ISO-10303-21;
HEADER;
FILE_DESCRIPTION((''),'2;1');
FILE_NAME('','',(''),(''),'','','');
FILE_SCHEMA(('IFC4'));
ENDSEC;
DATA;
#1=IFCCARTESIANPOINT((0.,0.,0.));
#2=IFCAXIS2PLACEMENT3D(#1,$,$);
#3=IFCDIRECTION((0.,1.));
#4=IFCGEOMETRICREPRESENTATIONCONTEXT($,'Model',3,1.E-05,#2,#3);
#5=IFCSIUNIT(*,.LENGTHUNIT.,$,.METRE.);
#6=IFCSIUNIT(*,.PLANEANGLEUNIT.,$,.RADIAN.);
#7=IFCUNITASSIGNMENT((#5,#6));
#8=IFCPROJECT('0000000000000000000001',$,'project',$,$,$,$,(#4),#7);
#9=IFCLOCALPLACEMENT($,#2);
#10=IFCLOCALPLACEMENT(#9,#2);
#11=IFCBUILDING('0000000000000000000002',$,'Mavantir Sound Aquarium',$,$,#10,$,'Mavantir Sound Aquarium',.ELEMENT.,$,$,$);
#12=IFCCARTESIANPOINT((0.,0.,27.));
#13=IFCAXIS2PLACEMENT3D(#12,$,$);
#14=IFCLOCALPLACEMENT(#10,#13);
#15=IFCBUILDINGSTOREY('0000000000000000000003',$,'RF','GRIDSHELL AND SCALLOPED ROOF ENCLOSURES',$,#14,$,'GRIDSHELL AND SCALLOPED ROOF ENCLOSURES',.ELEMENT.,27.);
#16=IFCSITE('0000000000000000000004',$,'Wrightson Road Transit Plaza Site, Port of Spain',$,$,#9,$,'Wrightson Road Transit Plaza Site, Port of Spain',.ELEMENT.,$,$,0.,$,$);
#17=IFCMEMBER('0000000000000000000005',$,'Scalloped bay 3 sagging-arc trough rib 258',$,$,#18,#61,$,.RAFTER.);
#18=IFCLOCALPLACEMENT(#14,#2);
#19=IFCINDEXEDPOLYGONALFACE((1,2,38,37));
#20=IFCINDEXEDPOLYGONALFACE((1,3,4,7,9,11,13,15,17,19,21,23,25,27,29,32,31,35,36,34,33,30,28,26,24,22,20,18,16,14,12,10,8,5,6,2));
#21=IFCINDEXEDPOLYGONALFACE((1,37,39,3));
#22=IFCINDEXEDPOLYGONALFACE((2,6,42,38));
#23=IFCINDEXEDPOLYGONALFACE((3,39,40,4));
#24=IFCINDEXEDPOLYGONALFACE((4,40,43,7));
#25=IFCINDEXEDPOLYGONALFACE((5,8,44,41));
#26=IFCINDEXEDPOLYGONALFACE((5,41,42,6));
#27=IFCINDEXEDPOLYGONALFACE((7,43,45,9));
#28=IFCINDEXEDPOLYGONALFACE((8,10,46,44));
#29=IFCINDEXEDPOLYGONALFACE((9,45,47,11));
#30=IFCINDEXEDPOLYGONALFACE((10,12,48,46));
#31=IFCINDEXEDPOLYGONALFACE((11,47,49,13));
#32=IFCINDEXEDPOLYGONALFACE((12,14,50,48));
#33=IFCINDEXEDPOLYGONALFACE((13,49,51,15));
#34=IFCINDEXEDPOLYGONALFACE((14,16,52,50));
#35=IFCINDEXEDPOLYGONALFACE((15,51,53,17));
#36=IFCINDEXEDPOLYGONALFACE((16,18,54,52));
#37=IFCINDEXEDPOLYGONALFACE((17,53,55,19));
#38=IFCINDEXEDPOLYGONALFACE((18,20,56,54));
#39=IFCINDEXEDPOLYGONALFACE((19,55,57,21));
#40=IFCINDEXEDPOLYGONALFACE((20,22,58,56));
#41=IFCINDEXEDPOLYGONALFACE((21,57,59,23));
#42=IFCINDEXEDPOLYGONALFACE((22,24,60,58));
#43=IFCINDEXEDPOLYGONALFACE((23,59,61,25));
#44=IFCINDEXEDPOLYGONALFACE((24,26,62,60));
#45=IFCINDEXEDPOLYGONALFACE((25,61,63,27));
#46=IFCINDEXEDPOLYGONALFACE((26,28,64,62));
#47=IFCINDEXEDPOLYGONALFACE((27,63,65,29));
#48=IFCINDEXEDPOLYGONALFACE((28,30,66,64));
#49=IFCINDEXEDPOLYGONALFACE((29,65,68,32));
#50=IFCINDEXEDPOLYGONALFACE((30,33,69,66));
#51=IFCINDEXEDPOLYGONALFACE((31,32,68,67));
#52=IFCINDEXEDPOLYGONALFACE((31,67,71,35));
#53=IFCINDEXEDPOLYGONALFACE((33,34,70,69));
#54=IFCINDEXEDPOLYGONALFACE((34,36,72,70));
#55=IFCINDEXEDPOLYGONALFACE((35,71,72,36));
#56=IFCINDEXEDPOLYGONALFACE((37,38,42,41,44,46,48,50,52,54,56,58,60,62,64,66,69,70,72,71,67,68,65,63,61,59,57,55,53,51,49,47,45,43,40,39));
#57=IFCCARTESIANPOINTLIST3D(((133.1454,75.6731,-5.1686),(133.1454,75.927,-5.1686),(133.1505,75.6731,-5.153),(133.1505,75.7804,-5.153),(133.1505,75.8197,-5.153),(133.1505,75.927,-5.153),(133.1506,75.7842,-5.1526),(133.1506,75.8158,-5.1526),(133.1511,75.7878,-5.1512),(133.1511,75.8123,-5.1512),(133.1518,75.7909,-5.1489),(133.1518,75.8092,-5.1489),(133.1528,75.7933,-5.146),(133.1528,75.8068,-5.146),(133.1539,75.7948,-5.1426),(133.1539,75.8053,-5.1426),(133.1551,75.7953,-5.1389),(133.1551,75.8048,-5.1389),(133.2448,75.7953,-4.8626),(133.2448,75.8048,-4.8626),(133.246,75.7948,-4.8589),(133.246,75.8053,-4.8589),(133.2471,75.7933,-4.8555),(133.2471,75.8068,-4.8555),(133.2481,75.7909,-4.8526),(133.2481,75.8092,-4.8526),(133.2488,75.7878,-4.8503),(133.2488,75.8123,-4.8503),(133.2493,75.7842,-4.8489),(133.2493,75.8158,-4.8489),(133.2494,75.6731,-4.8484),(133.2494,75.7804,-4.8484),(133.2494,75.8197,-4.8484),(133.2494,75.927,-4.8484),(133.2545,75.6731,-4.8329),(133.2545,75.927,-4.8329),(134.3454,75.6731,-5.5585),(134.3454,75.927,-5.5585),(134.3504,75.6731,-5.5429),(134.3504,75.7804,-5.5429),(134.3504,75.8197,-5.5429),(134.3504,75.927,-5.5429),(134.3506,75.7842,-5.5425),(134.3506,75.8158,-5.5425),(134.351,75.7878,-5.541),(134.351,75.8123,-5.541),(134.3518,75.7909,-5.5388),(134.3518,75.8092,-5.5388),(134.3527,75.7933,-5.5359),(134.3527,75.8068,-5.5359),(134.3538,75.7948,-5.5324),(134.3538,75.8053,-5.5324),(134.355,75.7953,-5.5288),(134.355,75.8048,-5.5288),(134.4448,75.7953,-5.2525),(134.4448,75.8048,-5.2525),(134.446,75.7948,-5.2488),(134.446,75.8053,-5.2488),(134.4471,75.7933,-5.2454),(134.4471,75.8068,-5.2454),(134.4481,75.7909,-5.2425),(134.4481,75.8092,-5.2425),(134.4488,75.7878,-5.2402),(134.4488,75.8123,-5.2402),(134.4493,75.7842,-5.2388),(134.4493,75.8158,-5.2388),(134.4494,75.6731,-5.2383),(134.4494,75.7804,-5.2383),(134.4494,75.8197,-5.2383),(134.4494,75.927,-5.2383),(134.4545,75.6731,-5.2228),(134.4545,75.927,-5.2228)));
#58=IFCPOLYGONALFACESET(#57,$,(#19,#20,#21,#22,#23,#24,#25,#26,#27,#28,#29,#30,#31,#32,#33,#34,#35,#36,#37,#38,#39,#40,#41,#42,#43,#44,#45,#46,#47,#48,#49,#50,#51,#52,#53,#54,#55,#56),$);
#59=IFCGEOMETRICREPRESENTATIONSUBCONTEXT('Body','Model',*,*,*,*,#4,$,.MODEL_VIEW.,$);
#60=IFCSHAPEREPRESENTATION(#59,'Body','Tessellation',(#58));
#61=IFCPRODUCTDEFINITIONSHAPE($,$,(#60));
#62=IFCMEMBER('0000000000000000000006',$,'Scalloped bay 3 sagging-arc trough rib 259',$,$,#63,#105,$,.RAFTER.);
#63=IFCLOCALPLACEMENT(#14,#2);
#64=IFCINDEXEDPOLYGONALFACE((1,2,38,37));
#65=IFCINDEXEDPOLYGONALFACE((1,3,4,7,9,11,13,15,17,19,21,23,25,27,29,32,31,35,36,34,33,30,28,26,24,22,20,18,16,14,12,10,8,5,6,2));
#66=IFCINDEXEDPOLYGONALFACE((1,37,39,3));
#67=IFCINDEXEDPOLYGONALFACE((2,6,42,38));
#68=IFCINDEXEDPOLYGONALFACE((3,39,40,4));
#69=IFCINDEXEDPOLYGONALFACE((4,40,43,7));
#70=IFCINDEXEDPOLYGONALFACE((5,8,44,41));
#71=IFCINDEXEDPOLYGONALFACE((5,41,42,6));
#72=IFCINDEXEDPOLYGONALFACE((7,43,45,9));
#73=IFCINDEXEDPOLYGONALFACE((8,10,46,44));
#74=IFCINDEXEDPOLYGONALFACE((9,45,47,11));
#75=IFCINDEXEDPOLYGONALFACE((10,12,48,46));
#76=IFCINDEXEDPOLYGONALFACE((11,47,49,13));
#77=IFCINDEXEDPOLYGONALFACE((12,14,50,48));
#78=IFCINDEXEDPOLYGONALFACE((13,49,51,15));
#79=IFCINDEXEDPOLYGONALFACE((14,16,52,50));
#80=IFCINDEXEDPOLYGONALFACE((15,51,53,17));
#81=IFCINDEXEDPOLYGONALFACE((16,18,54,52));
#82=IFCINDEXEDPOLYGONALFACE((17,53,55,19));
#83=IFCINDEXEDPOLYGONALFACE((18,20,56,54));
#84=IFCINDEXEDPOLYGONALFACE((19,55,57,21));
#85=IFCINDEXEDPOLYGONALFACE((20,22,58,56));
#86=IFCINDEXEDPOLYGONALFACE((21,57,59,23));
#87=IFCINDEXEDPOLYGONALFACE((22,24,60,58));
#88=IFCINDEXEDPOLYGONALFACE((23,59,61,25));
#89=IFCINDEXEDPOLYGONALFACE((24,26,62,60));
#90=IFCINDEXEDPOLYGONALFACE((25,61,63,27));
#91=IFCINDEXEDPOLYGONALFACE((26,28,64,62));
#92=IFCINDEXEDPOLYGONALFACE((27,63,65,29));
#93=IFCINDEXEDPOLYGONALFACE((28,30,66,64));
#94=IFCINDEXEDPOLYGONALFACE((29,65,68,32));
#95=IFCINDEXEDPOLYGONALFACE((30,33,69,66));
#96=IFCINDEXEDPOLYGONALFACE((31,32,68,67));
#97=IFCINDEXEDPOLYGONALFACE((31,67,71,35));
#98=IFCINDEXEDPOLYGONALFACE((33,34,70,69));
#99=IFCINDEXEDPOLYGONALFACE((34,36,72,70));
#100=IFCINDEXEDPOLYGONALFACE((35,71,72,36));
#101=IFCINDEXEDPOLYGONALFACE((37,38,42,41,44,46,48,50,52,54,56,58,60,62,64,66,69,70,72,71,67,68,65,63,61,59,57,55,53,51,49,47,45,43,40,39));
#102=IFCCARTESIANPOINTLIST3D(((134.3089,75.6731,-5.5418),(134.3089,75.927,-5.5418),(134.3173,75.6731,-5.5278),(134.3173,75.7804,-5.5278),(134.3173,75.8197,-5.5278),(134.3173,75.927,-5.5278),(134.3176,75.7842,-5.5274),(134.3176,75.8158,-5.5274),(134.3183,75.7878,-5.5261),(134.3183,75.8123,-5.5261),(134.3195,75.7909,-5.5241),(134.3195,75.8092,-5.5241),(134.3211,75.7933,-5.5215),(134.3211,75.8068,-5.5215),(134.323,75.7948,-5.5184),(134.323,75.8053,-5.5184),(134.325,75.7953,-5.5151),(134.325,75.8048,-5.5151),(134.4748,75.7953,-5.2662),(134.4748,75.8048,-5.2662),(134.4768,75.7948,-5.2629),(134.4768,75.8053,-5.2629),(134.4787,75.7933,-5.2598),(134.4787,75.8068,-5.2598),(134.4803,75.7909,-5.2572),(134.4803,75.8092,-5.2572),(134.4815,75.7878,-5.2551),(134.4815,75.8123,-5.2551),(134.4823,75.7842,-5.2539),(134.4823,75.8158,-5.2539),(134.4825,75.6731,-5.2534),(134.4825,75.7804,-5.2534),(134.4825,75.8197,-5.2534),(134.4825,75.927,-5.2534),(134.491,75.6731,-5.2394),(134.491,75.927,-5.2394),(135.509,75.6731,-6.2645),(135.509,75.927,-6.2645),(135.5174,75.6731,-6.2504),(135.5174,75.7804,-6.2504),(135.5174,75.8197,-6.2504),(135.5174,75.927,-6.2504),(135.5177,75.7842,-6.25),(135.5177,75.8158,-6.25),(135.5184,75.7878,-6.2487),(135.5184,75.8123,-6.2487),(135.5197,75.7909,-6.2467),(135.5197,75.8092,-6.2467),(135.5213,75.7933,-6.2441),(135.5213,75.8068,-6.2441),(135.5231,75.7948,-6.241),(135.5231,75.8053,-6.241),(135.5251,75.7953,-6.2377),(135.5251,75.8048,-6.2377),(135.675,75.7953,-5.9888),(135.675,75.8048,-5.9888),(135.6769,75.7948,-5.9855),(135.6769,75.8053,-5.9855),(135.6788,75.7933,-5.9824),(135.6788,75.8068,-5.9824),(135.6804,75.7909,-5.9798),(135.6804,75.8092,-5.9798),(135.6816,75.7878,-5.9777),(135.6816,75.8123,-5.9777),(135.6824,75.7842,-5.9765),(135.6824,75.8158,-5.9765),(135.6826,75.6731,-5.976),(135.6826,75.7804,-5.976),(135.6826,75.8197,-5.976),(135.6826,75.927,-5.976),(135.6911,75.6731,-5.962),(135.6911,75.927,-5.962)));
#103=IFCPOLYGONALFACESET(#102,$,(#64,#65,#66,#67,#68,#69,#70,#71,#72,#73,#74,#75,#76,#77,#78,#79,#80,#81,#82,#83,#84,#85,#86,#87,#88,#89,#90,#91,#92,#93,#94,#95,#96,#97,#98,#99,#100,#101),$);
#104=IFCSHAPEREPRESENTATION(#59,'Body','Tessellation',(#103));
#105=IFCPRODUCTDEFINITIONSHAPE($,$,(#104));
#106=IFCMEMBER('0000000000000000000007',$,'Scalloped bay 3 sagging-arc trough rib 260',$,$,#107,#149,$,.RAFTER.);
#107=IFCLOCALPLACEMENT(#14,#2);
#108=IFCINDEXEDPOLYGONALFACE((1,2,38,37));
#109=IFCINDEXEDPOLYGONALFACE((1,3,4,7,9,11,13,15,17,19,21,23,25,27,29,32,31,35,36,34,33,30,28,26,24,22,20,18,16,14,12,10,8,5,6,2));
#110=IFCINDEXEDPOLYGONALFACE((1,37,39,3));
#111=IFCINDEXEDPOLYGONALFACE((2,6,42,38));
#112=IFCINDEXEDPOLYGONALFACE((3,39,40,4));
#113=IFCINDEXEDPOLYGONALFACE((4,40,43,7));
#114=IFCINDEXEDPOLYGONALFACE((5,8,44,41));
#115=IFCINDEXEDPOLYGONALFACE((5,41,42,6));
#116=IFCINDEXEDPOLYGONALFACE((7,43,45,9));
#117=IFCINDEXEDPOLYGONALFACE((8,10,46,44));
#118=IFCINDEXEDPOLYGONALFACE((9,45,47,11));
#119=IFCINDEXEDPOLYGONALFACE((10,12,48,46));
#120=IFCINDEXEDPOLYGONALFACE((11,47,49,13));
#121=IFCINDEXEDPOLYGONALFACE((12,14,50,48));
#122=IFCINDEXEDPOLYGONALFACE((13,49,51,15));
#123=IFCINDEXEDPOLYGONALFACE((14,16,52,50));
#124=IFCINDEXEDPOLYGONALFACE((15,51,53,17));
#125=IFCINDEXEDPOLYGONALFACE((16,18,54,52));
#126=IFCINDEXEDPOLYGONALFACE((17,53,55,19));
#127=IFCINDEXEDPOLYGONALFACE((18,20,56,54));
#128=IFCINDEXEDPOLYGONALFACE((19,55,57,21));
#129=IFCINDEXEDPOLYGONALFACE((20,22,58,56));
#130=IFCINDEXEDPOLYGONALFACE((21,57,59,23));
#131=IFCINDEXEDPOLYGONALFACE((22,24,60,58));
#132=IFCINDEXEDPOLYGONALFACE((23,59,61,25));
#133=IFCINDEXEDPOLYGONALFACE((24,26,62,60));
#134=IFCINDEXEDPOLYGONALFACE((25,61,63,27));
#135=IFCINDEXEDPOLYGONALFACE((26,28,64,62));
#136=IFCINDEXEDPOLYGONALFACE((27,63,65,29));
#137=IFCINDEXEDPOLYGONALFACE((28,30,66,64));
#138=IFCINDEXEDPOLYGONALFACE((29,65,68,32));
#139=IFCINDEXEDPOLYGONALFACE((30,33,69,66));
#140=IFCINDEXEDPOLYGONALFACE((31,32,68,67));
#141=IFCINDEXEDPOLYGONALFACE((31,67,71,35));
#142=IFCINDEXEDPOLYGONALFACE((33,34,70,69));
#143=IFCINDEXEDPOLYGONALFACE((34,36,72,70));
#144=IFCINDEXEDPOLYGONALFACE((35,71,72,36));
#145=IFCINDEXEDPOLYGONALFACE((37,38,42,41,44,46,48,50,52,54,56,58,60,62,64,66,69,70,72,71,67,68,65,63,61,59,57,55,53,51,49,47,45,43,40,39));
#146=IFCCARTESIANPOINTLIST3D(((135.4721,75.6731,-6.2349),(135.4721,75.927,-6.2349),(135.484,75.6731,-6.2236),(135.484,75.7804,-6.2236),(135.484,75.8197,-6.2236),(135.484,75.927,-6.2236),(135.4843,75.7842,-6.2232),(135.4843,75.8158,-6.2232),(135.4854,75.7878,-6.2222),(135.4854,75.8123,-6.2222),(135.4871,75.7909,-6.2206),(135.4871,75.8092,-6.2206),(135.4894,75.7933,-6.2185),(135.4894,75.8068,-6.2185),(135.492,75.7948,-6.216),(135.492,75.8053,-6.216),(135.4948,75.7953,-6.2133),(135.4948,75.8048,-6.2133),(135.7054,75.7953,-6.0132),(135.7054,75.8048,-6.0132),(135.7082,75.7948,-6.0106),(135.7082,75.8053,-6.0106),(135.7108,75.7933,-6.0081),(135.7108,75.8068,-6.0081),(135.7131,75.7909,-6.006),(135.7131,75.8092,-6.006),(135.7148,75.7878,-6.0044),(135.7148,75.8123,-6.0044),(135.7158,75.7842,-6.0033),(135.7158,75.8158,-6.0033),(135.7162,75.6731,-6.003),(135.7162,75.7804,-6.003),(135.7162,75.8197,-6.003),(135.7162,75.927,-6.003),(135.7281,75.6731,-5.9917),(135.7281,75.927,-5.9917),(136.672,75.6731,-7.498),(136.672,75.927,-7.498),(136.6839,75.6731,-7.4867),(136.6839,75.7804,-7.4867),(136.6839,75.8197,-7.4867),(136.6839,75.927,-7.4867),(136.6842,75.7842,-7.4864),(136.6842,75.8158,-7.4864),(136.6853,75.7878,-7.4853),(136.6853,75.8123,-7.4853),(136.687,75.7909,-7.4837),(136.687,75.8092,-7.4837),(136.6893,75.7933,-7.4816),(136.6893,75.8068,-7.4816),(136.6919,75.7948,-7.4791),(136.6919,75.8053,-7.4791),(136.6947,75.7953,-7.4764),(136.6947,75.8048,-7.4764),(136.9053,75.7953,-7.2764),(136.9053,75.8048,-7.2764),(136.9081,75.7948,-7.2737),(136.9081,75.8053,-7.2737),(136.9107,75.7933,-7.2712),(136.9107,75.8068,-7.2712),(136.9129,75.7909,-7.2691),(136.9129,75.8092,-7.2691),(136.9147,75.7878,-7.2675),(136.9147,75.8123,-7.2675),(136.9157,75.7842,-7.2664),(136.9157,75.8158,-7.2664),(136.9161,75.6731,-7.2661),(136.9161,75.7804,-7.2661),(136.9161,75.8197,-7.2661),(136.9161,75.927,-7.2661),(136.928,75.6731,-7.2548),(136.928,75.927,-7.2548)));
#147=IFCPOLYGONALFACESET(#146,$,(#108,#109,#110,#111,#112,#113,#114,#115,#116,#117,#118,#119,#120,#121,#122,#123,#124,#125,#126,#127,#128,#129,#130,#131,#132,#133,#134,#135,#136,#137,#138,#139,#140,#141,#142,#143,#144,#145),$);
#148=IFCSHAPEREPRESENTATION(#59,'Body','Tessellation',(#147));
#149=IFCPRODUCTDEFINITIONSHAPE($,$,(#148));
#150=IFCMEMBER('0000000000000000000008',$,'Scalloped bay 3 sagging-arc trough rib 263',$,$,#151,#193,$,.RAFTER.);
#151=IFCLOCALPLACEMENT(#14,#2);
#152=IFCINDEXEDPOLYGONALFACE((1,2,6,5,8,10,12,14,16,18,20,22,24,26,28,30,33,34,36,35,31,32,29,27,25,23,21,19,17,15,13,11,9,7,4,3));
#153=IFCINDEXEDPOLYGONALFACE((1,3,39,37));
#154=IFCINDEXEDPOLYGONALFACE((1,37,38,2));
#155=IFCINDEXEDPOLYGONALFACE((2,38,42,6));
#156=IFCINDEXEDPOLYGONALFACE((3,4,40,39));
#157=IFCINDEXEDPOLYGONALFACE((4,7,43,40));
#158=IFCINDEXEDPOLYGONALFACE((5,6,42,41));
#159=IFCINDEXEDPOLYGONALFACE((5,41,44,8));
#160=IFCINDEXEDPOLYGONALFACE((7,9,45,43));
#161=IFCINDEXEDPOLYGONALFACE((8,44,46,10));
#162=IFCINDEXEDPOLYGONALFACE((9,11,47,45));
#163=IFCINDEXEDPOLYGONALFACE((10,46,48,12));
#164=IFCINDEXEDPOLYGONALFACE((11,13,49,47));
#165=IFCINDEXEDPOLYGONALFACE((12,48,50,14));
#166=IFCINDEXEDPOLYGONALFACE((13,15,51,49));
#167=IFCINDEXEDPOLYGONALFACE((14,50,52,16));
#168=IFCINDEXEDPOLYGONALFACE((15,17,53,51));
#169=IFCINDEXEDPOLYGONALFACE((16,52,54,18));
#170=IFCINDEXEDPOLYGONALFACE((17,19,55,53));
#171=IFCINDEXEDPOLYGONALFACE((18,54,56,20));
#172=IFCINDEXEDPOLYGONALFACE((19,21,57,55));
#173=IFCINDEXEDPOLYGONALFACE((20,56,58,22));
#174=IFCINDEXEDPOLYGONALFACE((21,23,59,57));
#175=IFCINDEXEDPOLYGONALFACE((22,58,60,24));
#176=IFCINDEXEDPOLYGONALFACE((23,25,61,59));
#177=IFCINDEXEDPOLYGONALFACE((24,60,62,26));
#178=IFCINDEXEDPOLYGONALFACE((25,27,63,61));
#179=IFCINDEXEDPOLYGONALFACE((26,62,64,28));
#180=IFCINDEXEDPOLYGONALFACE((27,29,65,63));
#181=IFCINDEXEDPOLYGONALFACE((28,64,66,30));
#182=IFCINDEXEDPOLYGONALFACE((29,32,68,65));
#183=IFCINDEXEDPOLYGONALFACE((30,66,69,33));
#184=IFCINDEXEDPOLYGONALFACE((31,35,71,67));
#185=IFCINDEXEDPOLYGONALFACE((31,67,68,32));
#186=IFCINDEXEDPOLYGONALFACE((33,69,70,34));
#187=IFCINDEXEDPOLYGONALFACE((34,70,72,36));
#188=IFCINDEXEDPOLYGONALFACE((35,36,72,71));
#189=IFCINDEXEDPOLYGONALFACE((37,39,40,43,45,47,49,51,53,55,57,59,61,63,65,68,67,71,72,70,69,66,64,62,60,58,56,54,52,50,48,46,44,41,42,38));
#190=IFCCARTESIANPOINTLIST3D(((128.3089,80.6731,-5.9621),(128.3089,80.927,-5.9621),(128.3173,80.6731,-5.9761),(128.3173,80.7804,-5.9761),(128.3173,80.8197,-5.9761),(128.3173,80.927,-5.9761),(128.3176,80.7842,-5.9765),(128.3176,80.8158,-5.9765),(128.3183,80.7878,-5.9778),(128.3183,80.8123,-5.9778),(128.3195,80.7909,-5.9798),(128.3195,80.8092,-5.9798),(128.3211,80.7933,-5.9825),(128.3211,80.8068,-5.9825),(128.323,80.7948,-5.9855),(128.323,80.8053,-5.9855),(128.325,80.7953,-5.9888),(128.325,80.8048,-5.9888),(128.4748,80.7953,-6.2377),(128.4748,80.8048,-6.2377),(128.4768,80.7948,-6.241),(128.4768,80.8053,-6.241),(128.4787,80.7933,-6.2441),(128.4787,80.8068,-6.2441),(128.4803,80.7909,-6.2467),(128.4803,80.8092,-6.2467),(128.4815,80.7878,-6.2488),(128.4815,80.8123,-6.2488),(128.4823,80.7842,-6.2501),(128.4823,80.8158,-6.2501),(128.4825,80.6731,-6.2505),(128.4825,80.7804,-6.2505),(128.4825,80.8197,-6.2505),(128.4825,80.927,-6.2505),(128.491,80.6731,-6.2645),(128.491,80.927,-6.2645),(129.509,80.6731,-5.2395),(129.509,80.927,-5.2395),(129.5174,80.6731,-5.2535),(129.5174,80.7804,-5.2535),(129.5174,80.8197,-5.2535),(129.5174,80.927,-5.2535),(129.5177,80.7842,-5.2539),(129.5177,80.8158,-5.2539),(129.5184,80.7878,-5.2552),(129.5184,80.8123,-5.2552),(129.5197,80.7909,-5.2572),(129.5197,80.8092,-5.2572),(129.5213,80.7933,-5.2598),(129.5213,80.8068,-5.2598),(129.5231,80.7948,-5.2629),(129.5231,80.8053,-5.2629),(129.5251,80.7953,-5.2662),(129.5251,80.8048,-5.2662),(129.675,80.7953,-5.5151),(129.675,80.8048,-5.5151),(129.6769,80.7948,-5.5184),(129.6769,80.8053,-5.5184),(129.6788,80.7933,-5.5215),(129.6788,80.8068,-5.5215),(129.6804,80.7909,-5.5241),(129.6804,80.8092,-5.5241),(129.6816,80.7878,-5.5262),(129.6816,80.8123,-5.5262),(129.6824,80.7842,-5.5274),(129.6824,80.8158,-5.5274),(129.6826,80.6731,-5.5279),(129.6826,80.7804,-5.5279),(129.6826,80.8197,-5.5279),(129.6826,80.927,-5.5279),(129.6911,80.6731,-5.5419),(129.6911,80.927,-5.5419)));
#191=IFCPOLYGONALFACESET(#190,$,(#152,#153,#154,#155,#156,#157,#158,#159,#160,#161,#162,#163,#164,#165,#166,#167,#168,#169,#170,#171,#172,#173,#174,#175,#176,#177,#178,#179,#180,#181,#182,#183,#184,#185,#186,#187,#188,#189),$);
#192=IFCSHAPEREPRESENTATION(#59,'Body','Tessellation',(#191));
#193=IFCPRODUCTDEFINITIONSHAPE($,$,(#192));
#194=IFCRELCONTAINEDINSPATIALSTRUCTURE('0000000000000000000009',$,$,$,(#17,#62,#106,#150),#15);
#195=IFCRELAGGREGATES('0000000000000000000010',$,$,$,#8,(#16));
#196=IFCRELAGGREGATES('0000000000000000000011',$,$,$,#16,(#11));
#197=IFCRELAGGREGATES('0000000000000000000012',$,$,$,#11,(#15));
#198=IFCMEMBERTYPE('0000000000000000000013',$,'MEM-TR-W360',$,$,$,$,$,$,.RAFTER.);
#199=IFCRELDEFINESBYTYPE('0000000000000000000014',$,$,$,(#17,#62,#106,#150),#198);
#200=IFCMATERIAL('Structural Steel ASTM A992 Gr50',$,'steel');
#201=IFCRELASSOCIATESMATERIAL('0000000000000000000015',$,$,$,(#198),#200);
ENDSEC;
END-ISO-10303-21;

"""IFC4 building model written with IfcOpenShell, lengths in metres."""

from ifc_helpers import new_model, si_unit, direction, frame, origin, origin_2d, place, context, subcontext, project, spatial, i_section, extrude, material, material_profile, profile_set, type_object, element, save


model = new_model("IFC4")

# Units and contexts
model_context = context("Model", 3, precision=1e-05, world=origin(), true_north=direction((0.0, 1.0)))
body_context = subcontext(model_context, "Body", "Model", "MODEL_VIEW")
ifc_project = project(units=[si_unit("LENGTHUNIT", "METRE"), si_unit("PLANEANGLEUNIT", "RADIAN")], contexts=[model_context])

# Site, building, storey
site_placement = place(None, origin())
site = spatial("IfcSite", under=ifc_project, at=site_placement, Name="Wrightson Road Transit Plaza Site, Port of Spain", LongName="Wrightson Road Transit Plaza Site, Port of Spain", CompositionType="ELEMENT", RefElevation=0.0)
building_placement = place(site_placement, origin())
building = spatial("IfcBuilding", under=site, at=building_placement, Name="Mavantir Sound Aquarium", LongName="Mavantir Sound Aquarium", CompositionType="ELEMENT")
storey_placement = place(building_placement, frame((0.0, 0.0, 27.0)))
storey = spatial("IfcBuildingStorey", under=building, at=storey_placement, Name="RF", Description="GRIDSHELL AND SCALLOPED ROOF ENCLOSURES", LongName="GRIDSHELL AND SCALLOPED ROOF ENCLOSURES", CompositionType="ELEMENT", Elevation=27.0)

# Shared definitions
ifc_material_1 = material(Name="Structural Steel ASTM A992 Gr50", Category="steel")

# Members
ifc_material_profile_1 = material_profile(ifc_material_1, i_section(OverallWidth=0.2539, OverallDepth=0.353, WebThickness=0.0095, FlangeThickness=0.0164, FilletRadius=0.0149, at=origin_2d()), Name="W360X91")
ifc_profile_set_1 = profile_set([ifc_material_profile_1], Name="Structural Steel ASTM A992 Gr50")
member_type_1 = type_object("IfcMemberType", Name="MEM-TR-W360", PredefinedType="RAFTER", material=ifc_profile_set_1)
member_1_placement = place(storey_placement, frame((133.2, 75.8, -5.0007), z_axis=(0.951055, 0.0, -0.30902), x_axis=(0.0, 1.0, 0.0)))
element("IfcMember", 1, at=member_1_placement, inside=storey, type_object=member_type_1, Name="Scalloped bay 3 sagging-arc trough rib 258", PredefinedType="RAFTER", context=body_context, shape_type="SweptSolid", body=[
    extrude(i_section(OverallWidth=0.2539, OverallDepth=0.353, WebThickness=0.0095, FlangeThickness=0.0164, FilletRadius=0.0149, at=origin_2d()), origin(), (0.0, 0.0, 1.0), 1.2617),
])
member_2_placement = place(storey_placement, frame((134.3999, 75.8, -5.3906), z_axis=(0.856692, 0.0, -0.515828), x_axis=(0.0, 1.0, 0.0)))
element("IfcMember", 2, at=member_2_placement, inside=storey, type_object=member_type_1, Name="Scalloped bay 3 sagging-arc trough rib 259", PredefinedType="RAFTER", context=body_context, shape_type="SweptSolid", body=[
    extrude(i_section(OverallWidth=0.2539, OverallDepth=0.353, WebThickness=0.0095, FlangeThickness=0.0164, FilletRadius=0.0149, at=origin_2d()), origin(), (0.0, 0.0, 1.0), 1.4009),
])
member_3_placement = place(storey_placement, frame((135.6001, 75.8, -6.1133), z_axis=(0.688727, 0.0, -0.72502), x_axis=(0.0, 1.0, 0.0)))
element("IfcMember", 3, at=member_3_placement, inside=storey, type_object=member_type_1, Name="Scalloped bay 3 sagging-arc trough rib 260", PredefinedType="RAFTER", context=body_context, shape_type="SweptSolid", body=[
    extrude(i_section(OverallWidth=0.2539, OverallDepth=0.353, WebThickness=0.0095, FlangeThickness=0.0164, FilletRadius=0.0149, at=origin_2d()), origin(), (0.0, 0.0, 1.0), 1.7422),
])
member_4_placement = place(storey_placement, frame((128.3999, 80.8, -6.1133), z_axis=(0.856692, 0.0, 0.515828), x_axis=(0.0, 1.0, 0.0)))
element("IfcMember", 4, at=member_4_placement, inside=storey, type_object=member_type_1, Name="Scalloped bay 3 sagging-arc trough rib 263", PredefinedType="RAFTER", context=body_context, shape_type="SweptSolid", body=[
    extrude(i_section(OverallWidth=0.2539, OverallDepth=0.353, WebThickness=0.0095, FlangeThickness=0.0164, FilletRadius=0.0149, at=origin_2d()), origin(), (0.0, 0.0, 1.0), 1.4009),
])

save(model, "model.ifc")
